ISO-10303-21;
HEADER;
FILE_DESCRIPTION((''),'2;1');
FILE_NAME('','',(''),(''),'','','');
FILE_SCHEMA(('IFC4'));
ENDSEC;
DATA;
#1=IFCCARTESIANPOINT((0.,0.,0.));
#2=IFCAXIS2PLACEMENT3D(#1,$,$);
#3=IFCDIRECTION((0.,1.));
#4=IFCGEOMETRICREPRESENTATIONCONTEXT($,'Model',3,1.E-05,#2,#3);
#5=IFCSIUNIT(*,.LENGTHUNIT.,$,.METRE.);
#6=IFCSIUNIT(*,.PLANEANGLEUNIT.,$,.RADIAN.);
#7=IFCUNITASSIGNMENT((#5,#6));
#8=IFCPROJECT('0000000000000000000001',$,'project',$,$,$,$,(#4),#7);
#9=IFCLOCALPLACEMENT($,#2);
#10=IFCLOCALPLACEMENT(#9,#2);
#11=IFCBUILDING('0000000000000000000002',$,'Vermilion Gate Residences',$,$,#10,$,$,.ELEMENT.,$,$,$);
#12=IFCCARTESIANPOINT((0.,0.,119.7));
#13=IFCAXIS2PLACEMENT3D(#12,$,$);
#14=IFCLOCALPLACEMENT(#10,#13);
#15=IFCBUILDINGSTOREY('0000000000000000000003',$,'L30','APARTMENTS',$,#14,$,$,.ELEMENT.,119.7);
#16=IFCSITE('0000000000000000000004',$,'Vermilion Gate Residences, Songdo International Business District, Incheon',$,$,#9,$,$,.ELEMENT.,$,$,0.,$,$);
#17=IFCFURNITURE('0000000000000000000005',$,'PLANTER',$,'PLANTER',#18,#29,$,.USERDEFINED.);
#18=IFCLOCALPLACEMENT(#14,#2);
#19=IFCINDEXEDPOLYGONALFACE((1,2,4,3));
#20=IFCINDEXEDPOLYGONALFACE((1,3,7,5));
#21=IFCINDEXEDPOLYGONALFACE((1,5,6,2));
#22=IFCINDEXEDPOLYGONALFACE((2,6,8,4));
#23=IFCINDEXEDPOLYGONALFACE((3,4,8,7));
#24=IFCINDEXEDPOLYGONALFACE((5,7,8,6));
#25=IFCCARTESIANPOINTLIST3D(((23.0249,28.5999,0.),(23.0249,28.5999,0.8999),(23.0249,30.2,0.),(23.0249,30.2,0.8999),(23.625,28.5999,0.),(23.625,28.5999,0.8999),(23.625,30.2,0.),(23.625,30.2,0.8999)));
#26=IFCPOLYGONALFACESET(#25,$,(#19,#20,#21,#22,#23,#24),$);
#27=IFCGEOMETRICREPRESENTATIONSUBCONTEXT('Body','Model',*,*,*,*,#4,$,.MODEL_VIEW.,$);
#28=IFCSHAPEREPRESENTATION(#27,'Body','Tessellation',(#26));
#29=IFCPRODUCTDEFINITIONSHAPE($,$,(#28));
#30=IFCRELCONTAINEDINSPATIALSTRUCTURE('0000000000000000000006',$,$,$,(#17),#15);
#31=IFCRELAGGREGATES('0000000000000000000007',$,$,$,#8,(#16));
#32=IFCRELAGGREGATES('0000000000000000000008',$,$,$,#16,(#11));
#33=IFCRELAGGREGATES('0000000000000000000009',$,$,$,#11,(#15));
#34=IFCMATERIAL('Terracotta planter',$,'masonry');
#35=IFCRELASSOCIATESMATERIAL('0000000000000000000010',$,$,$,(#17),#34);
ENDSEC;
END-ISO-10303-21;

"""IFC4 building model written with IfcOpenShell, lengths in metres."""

from ifc_helpers import new_model, si_unit, direction, frame, origin, origin_2d, place, context, subcontext, project, spatial, rectangle, extrude, material, element, save


model = new_model("IFC4")

# Units and contexts
model_context = context("Model", 3, precision=1e-05, world=origin(), true_north=direction((0.0, 1.0)))
body_context = subcontext(model_context, "Body", "Model", "MODEL_VIEW")
ifc_project = project(units=[si_unit("LENGTHUNIT", "METRE"), si_unit("PLANEANGLEUNIT", "RADIAN")], contexts=[model_context])

# Site, building, storey
site_placement = place(None, origin())
site = spatial("IfcSite", under=ifc_project, at=site_placement, Name="Vermilion Gate Residences, Songdo International Business District, Incheon", CompositionType="ELEMENT", RefElevation=0.0)
building_placement = place(site_placement, origin())
building = spatial("IfcBuilding", under=site, at=building_placement, Name="Vermilion Gate Residences", CompositionType="ELEMENT")
storey_placement = place(building_placement, frame((0.0, 0.0, 119.7)))
storey = spatial("IfcBuildingStorey", under=building, at=storey_placement, Name="L30", Description="APARTMENTS", CompositionType="ELEMENT", Elevation=119.7)

# Furniture
ifc_material_1 = material(Name="Terracotta planter", Category="masonry")
furniture_placement = place(storey_placement, frame((23.325, 29.3999, 0.0), z_axis=(0.0, 0.0, 1.0), x_axis=(0.0, 1.0, 0.0)))
element("IfcFurniture", 1, at=furniture_placement, inside=storey, material=ifc_material_1, Name="PLANTER", ObjectType="PLANTER", PredefinedType="USERDEFINED", context=body_context, shape_type="SweptSolid", body=[
    extrude(rectangle(XDim=1.6001, YDim=0.6001, at=origin_2d()), origin(), (0.0, 0.0, 1.0), 0.8999),
])

save(model, "model.ifc")
